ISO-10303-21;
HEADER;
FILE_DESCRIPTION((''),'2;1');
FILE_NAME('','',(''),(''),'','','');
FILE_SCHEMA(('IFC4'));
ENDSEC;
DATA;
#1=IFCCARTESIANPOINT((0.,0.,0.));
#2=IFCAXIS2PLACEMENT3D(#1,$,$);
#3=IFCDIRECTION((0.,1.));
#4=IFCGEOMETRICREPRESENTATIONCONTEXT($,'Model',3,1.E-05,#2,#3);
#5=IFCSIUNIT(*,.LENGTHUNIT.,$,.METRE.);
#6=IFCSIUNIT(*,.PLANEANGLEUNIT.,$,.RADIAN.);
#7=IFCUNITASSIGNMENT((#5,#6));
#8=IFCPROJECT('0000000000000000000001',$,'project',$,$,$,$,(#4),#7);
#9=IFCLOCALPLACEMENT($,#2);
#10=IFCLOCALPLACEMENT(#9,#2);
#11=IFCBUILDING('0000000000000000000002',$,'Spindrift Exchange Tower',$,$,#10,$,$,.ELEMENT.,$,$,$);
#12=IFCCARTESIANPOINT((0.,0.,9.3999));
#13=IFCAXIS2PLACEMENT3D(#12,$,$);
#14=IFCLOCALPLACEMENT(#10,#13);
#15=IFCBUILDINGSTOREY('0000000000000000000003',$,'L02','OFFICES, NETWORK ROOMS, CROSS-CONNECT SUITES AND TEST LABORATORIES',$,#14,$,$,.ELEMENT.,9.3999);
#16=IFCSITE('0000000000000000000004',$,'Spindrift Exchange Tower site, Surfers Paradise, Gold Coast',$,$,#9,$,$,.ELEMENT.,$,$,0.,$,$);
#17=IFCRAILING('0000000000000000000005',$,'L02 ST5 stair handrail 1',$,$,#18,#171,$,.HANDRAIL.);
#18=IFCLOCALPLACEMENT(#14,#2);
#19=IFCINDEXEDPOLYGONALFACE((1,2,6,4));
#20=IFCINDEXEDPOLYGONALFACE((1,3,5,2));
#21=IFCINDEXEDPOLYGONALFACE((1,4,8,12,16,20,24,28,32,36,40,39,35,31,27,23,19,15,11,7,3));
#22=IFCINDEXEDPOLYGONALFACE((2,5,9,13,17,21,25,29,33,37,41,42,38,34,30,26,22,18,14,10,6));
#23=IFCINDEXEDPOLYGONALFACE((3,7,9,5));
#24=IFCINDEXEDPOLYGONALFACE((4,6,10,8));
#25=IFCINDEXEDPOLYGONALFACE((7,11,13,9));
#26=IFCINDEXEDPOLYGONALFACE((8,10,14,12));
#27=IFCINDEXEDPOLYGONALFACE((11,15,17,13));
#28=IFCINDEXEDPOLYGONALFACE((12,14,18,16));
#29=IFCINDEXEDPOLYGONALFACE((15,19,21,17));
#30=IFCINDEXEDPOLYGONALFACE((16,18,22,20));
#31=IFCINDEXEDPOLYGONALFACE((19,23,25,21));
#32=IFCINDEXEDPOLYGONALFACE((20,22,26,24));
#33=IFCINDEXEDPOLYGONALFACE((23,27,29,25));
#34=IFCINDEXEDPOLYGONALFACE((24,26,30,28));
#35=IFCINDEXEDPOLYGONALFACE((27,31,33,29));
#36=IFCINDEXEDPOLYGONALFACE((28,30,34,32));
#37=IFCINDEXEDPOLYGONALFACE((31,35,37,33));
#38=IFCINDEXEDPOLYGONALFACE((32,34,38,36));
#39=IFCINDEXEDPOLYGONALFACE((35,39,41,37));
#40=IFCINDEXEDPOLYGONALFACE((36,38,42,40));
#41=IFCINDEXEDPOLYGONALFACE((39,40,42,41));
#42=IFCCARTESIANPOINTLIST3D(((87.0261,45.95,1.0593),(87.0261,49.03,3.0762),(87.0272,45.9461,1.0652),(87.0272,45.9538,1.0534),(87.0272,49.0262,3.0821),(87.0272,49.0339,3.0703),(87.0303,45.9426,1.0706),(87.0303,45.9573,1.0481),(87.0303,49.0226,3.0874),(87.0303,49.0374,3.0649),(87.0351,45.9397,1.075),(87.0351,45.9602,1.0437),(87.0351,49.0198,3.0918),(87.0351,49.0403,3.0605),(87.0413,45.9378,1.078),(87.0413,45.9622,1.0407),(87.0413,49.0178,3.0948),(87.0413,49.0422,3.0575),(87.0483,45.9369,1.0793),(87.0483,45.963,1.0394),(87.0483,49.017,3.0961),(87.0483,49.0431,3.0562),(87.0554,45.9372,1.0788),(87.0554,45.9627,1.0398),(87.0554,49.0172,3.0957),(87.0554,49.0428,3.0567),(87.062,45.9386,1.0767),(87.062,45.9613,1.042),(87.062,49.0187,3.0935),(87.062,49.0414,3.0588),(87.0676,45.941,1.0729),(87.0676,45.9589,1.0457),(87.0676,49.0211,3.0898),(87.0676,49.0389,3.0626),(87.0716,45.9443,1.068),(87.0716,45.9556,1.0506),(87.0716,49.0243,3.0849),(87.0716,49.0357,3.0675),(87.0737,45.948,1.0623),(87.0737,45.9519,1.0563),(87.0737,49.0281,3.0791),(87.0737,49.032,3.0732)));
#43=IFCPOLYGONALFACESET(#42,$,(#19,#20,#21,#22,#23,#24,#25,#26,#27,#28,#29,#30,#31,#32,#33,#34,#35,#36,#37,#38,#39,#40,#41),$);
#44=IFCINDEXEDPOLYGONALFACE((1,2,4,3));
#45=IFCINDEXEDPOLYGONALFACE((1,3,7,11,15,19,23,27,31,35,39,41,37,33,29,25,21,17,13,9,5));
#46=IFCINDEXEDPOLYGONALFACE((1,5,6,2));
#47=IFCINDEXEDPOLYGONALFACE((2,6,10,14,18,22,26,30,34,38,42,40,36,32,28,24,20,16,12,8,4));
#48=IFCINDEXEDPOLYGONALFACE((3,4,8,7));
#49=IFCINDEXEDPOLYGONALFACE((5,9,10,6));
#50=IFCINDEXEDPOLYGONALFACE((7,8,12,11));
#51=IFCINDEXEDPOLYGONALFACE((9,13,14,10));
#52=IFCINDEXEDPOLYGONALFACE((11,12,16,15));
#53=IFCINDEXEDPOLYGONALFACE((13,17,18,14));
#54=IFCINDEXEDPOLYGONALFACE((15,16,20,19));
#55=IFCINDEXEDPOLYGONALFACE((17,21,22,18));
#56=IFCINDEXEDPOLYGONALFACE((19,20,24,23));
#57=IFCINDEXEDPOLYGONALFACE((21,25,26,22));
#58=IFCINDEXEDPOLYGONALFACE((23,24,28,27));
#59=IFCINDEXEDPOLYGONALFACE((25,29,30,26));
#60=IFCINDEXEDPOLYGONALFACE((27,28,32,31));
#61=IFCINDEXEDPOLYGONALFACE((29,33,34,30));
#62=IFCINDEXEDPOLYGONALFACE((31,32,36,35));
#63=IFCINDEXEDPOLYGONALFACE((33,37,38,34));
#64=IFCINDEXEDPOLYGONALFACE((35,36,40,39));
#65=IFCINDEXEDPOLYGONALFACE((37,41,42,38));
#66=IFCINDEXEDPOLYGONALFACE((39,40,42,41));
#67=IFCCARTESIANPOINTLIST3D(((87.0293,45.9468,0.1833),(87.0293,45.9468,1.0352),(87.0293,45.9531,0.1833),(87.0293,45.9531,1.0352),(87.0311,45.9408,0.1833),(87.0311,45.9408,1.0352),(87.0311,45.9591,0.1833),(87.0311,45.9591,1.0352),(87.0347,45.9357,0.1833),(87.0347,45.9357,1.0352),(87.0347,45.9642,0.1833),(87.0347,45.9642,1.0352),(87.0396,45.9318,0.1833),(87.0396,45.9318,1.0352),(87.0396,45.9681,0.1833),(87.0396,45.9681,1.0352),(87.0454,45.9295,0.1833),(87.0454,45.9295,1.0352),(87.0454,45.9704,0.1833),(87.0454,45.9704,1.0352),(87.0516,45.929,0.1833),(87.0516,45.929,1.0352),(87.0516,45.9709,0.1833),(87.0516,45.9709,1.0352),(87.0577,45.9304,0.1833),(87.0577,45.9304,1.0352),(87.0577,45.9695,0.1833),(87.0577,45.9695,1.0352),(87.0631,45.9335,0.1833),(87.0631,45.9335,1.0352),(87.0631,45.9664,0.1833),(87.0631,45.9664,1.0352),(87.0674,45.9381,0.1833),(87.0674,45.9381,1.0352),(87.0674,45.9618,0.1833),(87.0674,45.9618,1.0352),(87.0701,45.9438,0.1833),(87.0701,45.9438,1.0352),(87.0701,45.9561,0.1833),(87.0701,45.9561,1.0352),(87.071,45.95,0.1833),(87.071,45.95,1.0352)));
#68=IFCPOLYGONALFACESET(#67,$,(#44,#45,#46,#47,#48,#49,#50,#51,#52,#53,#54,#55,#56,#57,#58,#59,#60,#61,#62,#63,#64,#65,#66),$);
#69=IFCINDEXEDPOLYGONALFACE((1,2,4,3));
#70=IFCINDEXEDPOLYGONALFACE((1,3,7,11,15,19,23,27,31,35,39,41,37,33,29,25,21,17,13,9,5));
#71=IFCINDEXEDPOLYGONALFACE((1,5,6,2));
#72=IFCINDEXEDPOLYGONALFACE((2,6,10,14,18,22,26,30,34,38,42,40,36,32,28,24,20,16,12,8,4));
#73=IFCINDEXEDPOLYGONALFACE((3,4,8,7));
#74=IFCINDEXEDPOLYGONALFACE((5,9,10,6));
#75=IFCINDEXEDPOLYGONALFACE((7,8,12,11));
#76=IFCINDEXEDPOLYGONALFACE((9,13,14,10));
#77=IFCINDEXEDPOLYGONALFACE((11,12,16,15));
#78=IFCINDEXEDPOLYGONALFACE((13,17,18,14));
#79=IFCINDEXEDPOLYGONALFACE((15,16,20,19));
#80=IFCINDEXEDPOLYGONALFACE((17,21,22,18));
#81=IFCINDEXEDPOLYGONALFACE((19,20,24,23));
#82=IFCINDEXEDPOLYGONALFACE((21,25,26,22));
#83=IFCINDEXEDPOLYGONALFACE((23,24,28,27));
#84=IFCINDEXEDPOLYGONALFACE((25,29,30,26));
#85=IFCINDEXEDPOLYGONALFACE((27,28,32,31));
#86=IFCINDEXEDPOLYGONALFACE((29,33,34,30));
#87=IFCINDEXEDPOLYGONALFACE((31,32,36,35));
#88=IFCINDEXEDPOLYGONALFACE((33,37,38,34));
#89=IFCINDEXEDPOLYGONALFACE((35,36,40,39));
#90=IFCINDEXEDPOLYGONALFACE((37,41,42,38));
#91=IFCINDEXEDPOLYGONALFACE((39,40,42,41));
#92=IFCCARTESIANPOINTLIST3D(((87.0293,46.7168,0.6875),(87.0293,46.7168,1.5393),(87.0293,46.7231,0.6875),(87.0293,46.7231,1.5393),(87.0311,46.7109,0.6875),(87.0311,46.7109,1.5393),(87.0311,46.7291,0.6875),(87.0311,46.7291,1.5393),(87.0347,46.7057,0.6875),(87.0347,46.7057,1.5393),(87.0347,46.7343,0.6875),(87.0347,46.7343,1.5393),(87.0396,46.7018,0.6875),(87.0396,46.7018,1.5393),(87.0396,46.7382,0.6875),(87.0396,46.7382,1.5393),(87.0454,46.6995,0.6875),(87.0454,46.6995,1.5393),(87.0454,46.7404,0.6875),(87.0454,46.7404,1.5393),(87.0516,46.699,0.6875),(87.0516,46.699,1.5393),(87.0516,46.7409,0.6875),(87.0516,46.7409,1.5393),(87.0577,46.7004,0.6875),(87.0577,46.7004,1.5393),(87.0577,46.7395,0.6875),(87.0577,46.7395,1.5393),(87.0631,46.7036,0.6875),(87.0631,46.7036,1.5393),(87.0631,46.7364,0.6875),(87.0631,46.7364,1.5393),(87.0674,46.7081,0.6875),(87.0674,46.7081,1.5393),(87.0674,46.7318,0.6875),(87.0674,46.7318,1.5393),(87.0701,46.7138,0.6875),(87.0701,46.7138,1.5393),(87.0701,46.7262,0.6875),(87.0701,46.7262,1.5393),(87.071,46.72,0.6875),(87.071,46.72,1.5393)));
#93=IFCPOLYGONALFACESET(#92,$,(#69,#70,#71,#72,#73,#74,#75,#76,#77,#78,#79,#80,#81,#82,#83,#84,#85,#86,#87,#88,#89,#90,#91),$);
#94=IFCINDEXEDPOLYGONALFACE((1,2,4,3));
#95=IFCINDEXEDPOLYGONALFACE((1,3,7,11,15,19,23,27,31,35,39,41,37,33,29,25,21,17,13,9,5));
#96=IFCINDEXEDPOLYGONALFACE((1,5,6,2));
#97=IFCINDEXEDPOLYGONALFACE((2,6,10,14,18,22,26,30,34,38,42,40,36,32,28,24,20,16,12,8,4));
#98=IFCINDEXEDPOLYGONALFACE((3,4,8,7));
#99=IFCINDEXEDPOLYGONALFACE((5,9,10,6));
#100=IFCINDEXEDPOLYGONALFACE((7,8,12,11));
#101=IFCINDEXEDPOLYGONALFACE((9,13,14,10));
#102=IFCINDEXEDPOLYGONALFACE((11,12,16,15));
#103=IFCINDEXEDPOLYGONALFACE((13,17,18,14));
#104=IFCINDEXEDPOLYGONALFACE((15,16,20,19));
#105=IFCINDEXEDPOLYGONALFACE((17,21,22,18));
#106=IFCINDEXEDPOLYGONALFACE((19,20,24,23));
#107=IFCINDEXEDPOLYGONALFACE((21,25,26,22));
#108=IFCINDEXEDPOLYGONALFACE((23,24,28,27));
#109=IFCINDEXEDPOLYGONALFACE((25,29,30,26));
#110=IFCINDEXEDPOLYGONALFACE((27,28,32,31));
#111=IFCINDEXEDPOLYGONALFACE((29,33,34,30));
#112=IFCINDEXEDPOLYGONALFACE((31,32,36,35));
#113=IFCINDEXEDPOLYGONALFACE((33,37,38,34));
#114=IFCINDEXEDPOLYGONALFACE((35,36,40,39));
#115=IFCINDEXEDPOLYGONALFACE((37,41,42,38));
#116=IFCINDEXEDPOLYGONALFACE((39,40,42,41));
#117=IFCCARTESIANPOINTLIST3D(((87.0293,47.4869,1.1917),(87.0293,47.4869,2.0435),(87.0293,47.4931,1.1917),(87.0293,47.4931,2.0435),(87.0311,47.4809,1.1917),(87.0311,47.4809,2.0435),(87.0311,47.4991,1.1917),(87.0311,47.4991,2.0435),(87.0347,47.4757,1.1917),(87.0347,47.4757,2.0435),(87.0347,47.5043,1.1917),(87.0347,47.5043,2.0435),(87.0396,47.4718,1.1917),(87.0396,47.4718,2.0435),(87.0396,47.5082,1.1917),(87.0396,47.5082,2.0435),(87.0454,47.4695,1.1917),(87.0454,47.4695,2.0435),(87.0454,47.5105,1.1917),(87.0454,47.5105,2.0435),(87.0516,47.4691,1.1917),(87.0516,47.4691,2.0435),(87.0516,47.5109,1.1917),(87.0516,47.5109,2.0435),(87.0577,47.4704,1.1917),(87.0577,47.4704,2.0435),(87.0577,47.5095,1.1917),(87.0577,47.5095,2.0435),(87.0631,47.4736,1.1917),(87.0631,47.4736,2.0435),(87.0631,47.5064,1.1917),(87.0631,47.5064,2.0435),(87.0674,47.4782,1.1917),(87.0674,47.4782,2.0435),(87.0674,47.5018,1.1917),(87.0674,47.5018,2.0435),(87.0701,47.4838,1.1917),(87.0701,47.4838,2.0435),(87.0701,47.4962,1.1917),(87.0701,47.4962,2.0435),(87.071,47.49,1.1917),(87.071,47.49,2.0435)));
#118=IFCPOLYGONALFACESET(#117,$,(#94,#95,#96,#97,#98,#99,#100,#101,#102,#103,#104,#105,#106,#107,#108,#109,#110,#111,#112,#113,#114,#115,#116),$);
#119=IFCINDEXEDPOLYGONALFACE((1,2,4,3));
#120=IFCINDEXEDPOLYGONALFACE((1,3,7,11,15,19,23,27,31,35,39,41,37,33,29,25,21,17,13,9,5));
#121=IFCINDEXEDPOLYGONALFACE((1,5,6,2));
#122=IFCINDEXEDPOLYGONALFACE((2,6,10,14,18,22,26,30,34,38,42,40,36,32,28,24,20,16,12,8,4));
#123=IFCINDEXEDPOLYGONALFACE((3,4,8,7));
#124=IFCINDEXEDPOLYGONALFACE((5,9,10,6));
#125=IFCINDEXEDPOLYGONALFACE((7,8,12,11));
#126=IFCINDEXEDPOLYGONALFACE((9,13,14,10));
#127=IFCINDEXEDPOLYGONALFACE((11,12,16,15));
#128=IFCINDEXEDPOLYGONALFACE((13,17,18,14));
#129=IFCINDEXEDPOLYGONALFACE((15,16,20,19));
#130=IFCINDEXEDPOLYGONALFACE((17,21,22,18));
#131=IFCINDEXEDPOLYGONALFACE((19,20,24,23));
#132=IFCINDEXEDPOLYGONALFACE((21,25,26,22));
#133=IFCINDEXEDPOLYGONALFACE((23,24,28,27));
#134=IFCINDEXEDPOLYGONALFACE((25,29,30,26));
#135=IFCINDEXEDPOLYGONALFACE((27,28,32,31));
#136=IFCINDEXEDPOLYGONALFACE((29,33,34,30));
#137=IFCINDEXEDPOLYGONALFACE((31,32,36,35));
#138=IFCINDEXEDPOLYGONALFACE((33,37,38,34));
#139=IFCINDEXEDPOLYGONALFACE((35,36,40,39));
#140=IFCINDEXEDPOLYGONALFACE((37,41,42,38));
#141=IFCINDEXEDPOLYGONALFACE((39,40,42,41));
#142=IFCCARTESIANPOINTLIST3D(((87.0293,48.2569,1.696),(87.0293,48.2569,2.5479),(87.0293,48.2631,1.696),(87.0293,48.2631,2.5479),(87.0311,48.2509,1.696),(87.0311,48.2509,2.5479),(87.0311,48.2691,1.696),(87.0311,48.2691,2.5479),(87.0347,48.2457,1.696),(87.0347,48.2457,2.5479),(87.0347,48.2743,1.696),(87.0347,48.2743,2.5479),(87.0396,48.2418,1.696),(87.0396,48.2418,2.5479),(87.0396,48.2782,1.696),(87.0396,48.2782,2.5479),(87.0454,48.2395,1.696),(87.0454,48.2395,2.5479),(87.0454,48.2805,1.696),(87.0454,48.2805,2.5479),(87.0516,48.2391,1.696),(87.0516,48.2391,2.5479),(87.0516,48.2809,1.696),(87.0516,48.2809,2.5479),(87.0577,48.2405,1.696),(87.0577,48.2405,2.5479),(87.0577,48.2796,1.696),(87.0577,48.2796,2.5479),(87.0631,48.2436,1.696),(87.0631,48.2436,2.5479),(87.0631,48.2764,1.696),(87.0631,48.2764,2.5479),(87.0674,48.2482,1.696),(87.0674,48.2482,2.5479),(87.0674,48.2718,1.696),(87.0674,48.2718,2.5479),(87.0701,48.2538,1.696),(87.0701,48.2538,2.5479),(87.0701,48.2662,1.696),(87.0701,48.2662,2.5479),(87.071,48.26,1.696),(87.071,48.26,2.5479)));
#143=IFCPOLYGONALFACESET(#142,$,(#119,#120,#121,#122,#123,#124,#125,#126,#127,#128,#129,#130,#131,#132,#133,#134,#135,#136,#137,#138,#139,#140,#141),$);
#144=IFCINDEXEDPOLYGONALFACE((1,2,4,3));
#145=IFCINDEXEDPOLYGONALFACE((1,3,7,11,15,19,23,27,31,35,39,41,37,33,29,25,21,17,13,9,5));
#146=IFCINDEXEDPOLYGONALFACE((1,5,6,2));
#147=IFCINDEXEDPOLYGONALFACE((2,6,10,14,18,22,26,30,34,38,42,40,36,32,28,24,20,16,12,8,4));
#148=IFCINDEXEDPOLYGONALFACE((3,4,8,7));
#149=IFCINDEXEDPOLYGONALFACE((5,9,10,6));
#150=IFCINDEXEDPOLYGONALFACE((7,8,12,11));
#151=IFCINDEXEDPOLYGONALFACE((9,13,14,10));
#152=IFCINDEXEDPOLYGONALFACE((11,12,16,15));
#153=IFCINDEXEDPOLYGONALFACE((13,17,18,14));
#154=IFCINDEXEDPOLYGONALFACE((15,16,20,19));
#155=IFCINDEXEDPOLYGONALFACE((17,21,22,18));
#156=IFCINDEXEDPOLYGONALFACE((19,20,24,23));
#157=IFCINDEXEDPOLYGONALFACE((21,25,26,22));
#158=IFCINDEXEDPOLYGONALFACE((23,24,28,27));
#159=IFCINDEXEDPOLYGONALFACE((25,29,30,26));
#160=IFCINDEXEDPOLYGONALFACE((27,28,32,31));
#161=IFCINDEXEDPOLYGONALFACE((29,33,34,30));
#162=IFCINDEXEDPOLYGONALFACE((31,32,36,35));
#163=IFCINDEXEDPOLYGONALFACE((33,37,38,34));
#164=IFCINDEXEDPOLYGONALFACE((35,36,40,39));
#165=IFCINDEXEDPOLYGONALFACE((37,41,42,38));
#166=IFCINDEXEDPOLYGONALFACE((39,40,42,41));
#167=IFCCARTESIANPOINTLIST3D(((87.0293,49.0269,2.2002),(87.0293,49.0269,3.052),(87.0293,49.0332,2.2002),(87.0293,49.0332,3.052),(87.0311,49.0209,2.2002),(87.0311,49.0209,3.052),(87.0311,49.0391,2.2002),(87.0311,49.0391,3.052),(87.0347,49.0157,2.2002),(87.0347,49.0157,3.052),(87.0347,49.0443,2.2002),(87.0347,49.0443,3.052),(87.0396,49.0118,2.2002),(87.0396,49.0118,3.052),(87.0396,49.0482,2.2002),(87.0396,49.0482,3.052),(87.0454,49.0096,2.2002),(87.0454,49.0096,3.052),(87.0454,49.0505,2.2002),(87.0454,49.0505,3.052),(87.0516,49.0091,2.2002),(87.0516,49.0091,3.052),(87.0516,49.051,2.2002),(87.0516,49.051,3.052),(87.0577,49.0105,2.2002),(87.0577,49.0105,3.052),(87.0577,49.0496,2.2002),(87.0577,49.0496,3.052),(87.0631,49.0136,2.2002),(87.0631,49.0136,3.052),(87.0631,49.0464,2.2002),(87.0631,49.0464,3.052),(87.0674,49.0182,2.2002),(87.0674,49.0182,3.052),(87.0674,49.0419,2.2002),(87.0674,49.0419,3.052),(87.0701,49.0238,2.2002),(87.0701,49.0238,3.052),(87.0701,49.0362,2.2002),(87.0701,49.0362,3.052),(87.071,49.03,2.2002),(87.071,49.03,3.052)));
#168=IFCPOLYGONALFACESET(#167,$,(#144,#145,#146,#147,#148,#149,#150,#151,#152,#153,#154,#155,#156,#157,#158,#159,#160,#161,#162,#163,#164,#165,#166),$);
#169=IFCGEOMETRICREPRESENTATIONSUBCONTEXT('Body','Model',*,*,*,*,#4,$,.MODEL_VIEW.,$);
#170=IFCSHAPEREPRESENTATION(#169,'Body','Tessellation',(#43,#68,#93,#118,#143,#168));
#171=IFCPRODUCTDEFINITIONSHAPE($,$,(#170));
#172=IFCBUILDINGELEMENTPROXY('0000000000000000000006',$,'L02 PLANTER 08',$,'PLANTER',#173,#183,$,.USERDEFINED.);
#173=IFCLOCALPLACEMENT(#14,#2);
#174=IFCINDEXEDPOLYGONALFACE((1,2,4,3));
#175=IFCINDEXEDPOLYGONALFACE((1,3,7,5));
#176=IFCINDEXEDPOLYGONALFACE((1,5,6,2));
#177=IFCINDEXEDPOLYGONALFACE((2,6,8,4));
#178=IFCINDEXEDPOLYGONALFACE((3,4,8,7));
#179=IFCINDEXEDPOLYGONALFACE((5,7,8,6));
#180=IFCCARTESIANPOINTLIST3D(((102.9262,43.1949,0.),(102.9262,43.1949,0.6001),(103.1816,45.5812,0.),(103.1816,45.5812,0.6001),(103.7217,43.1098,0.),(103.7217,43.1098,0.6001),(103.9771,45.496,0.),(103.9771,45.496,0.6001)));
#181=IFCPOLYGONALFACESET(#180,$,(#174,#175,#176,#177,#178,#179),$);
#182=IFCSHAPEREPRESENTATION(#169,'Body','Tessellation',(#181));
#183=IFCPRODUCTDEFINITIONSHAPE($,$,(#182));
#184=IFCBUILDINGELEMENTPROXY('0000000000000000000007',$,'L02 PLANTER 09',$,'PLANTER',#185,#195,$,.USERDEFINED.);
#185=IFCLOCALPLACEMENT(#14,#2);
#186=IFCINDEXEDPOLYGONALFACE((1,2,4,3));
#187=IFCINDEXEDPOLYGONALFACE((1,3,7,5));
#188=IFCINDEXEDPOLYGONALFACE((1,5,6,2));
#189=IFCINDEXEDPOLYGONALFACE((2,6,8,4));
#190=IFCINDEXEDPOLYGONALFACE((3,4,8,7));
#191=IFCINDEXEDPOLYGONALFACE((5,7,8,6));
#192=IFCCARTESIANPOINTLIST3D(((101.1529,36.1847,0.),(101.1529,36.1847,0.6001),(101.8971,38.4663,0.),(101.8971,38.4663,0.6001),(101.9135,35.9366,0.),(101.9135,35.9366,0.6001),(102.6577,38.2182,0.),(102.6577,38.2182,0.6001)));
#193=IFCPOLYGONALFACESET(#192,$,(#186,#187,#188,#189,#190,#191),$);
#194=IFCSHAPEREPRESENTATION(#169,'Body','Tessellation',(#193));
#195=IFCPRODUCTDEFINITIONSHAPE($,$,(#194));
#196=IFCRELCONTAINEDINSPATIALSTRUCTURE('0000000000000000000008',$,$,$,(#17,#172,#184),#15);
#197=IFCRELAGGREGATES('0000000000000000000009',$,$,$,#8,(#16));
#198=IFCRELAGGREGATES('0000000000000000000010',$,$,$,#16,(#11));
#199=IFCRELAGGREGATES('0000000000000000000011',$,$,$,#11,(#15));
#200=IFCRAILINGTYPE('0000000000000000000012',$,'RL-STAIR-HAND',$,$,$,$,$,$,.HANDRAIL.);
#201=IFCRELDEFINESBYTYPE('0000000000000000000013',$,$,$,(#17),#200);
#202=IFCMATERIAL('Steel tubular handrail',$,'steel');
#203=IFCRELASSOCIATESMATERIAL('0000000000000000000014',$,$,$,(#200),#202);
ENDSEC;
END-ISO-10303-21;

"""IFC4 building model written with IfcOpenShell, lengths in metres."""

from ifc_helpers import new_model, si_unit, direction, frame, origin, origin_2d, place, context, subcontext, project, spatial, rectangle, circle, extrude, source, transform, mapped, material, type_object, element, save


model = new_model("IFC4")

# Units and contexts
model_context = context("Model", 3, precision=1e-05, world=origin(), true_north=direction((0.0, 1.0)))
body_context = subcontext(model_context, "Body", "Model", "MODEL_VIEW")
ifc_project = project(units=[si_unit("LENGTHUNIT", "METRE"), si_unit("PLANEANGLEUNIT", "RADIAN")], contexts=[model_context])

# Site, building, storey
site_placement = place(None, origin())
site = spatial("IfcSite", under=ifc_project, at=site_placement, Name="Spindrift Exchange Tower site, Surfers Paradise, Gold Coast", CompositionType="ELEMENT", RefElevation=0.0)
building_placement = place(site_placement, origin())
building = spatial("IfcBuilding", under=site, at=building_placement, Name="Spindrift Exchange Tower", CompositionType="ELEMENT")
storey_placement = place(building_placement, frame((0.0, 0.0, 9.3999)))
storey = spatial("IfcBuildingStorey", under=building, at=storey_placement, Name="L02", Description="OFFICES, NETWORK ROOMS, CROSS-CONNECT SUITES AND TEST LABORATORIES", CompositionType="ELEMENT", Elevation=9.3999)

# Railing
ifc_material_1 = material(Name="Steel tubular handrail", Category="steel")
railing_type_1 = type_object("IfcRailingType", Name="RL-STAIR-HAND", PredefinedType="HANDRAIL", material=ifc_material_1)
railing_1_placement = place(storey_placement, frame((87.05, 45.95, 0.1833)))
element("IfcRailing", 1, at=railing_1_placement, inside=storey, type_object=railing_type_1, Name="L02 ST5 stair handrail 1", PredefinedType="HANDRAIL", context=body_context, shape_type="SweptSolid", body=[
    extrude(circle(Radius=0.0239, at=origin_2d()), frame((0.0, 0.0, 0.876), z_axis=(0.0, 0.836603, 0.54781), x_axis=(-1.0, 0.0, 0.0)), (0.0, 0.0, 1.0), 3.6816),
    extrude(circle(Radius=0.021, at=origin_2d()), origin(), (0.0, 0.0, 1.0), 0.8518),
    extrude(circle(Radius=0.021, at=origin_2d()), frame((0.0, 0.77, 0.5042)), (0.0, 0.0, 1.0), 0.8518),
    extrude(circle(Radius=0.021, at=origin_2d()), frame((0.0, 1.54, 1.0083)), (0.0, 0.0, 1.0), 0.8518),
    extrude(circle(Radius=0.021, at=origin_2d()), frame((0.0, 2.3101, 1.5127)), (0.0, 0.0, 1.0), 0.8518),
    extrude(circle(Radius=0.021, at=origin_2d()), frame((0.0, 3.0801, 2.0168)), (0.0, 0.0, 1.0), 0.8518),
])

# Building element proxies
shared_shape_1 = source(origin(), body_context, "Body", "SweptSolid", [
    extrude(rectangle(XDim=2.3999, YDim=0.8, at=origin_2d()), origin(), (0.0, 0.0, 1.0), 0.6001),
])
for number, where, z_axis, x_axis, name in (
    (2, (103.4517, 44.3455, 0.0), (0.0, 0.0, 1.0), (-0.106406, -0.994323, 0.0), "L02 PLANTER 08"),
    (3, (101.9053, 37.2014, 0.0), (0.0, 0.0, 1.0), (-0.310096, -0.950705, 0.0), "L02 PLANTER 09"),
):
    element("IfcBuildingElementProxy", number, at=place(storey_placement, frame(where, z_axis=z_axis, x_axis=x_axis)), inside=storey, Name=name, ObjectType="PLANTER", PredefinedType="USERDEFINED", context=body_context, shape_type="MappedRepresentation", body=[
        mapped(shared_shape_1, transform((0.0, 0.0, 0.0), scale=1.0)),
    ])

save(model, "model.ifc")
